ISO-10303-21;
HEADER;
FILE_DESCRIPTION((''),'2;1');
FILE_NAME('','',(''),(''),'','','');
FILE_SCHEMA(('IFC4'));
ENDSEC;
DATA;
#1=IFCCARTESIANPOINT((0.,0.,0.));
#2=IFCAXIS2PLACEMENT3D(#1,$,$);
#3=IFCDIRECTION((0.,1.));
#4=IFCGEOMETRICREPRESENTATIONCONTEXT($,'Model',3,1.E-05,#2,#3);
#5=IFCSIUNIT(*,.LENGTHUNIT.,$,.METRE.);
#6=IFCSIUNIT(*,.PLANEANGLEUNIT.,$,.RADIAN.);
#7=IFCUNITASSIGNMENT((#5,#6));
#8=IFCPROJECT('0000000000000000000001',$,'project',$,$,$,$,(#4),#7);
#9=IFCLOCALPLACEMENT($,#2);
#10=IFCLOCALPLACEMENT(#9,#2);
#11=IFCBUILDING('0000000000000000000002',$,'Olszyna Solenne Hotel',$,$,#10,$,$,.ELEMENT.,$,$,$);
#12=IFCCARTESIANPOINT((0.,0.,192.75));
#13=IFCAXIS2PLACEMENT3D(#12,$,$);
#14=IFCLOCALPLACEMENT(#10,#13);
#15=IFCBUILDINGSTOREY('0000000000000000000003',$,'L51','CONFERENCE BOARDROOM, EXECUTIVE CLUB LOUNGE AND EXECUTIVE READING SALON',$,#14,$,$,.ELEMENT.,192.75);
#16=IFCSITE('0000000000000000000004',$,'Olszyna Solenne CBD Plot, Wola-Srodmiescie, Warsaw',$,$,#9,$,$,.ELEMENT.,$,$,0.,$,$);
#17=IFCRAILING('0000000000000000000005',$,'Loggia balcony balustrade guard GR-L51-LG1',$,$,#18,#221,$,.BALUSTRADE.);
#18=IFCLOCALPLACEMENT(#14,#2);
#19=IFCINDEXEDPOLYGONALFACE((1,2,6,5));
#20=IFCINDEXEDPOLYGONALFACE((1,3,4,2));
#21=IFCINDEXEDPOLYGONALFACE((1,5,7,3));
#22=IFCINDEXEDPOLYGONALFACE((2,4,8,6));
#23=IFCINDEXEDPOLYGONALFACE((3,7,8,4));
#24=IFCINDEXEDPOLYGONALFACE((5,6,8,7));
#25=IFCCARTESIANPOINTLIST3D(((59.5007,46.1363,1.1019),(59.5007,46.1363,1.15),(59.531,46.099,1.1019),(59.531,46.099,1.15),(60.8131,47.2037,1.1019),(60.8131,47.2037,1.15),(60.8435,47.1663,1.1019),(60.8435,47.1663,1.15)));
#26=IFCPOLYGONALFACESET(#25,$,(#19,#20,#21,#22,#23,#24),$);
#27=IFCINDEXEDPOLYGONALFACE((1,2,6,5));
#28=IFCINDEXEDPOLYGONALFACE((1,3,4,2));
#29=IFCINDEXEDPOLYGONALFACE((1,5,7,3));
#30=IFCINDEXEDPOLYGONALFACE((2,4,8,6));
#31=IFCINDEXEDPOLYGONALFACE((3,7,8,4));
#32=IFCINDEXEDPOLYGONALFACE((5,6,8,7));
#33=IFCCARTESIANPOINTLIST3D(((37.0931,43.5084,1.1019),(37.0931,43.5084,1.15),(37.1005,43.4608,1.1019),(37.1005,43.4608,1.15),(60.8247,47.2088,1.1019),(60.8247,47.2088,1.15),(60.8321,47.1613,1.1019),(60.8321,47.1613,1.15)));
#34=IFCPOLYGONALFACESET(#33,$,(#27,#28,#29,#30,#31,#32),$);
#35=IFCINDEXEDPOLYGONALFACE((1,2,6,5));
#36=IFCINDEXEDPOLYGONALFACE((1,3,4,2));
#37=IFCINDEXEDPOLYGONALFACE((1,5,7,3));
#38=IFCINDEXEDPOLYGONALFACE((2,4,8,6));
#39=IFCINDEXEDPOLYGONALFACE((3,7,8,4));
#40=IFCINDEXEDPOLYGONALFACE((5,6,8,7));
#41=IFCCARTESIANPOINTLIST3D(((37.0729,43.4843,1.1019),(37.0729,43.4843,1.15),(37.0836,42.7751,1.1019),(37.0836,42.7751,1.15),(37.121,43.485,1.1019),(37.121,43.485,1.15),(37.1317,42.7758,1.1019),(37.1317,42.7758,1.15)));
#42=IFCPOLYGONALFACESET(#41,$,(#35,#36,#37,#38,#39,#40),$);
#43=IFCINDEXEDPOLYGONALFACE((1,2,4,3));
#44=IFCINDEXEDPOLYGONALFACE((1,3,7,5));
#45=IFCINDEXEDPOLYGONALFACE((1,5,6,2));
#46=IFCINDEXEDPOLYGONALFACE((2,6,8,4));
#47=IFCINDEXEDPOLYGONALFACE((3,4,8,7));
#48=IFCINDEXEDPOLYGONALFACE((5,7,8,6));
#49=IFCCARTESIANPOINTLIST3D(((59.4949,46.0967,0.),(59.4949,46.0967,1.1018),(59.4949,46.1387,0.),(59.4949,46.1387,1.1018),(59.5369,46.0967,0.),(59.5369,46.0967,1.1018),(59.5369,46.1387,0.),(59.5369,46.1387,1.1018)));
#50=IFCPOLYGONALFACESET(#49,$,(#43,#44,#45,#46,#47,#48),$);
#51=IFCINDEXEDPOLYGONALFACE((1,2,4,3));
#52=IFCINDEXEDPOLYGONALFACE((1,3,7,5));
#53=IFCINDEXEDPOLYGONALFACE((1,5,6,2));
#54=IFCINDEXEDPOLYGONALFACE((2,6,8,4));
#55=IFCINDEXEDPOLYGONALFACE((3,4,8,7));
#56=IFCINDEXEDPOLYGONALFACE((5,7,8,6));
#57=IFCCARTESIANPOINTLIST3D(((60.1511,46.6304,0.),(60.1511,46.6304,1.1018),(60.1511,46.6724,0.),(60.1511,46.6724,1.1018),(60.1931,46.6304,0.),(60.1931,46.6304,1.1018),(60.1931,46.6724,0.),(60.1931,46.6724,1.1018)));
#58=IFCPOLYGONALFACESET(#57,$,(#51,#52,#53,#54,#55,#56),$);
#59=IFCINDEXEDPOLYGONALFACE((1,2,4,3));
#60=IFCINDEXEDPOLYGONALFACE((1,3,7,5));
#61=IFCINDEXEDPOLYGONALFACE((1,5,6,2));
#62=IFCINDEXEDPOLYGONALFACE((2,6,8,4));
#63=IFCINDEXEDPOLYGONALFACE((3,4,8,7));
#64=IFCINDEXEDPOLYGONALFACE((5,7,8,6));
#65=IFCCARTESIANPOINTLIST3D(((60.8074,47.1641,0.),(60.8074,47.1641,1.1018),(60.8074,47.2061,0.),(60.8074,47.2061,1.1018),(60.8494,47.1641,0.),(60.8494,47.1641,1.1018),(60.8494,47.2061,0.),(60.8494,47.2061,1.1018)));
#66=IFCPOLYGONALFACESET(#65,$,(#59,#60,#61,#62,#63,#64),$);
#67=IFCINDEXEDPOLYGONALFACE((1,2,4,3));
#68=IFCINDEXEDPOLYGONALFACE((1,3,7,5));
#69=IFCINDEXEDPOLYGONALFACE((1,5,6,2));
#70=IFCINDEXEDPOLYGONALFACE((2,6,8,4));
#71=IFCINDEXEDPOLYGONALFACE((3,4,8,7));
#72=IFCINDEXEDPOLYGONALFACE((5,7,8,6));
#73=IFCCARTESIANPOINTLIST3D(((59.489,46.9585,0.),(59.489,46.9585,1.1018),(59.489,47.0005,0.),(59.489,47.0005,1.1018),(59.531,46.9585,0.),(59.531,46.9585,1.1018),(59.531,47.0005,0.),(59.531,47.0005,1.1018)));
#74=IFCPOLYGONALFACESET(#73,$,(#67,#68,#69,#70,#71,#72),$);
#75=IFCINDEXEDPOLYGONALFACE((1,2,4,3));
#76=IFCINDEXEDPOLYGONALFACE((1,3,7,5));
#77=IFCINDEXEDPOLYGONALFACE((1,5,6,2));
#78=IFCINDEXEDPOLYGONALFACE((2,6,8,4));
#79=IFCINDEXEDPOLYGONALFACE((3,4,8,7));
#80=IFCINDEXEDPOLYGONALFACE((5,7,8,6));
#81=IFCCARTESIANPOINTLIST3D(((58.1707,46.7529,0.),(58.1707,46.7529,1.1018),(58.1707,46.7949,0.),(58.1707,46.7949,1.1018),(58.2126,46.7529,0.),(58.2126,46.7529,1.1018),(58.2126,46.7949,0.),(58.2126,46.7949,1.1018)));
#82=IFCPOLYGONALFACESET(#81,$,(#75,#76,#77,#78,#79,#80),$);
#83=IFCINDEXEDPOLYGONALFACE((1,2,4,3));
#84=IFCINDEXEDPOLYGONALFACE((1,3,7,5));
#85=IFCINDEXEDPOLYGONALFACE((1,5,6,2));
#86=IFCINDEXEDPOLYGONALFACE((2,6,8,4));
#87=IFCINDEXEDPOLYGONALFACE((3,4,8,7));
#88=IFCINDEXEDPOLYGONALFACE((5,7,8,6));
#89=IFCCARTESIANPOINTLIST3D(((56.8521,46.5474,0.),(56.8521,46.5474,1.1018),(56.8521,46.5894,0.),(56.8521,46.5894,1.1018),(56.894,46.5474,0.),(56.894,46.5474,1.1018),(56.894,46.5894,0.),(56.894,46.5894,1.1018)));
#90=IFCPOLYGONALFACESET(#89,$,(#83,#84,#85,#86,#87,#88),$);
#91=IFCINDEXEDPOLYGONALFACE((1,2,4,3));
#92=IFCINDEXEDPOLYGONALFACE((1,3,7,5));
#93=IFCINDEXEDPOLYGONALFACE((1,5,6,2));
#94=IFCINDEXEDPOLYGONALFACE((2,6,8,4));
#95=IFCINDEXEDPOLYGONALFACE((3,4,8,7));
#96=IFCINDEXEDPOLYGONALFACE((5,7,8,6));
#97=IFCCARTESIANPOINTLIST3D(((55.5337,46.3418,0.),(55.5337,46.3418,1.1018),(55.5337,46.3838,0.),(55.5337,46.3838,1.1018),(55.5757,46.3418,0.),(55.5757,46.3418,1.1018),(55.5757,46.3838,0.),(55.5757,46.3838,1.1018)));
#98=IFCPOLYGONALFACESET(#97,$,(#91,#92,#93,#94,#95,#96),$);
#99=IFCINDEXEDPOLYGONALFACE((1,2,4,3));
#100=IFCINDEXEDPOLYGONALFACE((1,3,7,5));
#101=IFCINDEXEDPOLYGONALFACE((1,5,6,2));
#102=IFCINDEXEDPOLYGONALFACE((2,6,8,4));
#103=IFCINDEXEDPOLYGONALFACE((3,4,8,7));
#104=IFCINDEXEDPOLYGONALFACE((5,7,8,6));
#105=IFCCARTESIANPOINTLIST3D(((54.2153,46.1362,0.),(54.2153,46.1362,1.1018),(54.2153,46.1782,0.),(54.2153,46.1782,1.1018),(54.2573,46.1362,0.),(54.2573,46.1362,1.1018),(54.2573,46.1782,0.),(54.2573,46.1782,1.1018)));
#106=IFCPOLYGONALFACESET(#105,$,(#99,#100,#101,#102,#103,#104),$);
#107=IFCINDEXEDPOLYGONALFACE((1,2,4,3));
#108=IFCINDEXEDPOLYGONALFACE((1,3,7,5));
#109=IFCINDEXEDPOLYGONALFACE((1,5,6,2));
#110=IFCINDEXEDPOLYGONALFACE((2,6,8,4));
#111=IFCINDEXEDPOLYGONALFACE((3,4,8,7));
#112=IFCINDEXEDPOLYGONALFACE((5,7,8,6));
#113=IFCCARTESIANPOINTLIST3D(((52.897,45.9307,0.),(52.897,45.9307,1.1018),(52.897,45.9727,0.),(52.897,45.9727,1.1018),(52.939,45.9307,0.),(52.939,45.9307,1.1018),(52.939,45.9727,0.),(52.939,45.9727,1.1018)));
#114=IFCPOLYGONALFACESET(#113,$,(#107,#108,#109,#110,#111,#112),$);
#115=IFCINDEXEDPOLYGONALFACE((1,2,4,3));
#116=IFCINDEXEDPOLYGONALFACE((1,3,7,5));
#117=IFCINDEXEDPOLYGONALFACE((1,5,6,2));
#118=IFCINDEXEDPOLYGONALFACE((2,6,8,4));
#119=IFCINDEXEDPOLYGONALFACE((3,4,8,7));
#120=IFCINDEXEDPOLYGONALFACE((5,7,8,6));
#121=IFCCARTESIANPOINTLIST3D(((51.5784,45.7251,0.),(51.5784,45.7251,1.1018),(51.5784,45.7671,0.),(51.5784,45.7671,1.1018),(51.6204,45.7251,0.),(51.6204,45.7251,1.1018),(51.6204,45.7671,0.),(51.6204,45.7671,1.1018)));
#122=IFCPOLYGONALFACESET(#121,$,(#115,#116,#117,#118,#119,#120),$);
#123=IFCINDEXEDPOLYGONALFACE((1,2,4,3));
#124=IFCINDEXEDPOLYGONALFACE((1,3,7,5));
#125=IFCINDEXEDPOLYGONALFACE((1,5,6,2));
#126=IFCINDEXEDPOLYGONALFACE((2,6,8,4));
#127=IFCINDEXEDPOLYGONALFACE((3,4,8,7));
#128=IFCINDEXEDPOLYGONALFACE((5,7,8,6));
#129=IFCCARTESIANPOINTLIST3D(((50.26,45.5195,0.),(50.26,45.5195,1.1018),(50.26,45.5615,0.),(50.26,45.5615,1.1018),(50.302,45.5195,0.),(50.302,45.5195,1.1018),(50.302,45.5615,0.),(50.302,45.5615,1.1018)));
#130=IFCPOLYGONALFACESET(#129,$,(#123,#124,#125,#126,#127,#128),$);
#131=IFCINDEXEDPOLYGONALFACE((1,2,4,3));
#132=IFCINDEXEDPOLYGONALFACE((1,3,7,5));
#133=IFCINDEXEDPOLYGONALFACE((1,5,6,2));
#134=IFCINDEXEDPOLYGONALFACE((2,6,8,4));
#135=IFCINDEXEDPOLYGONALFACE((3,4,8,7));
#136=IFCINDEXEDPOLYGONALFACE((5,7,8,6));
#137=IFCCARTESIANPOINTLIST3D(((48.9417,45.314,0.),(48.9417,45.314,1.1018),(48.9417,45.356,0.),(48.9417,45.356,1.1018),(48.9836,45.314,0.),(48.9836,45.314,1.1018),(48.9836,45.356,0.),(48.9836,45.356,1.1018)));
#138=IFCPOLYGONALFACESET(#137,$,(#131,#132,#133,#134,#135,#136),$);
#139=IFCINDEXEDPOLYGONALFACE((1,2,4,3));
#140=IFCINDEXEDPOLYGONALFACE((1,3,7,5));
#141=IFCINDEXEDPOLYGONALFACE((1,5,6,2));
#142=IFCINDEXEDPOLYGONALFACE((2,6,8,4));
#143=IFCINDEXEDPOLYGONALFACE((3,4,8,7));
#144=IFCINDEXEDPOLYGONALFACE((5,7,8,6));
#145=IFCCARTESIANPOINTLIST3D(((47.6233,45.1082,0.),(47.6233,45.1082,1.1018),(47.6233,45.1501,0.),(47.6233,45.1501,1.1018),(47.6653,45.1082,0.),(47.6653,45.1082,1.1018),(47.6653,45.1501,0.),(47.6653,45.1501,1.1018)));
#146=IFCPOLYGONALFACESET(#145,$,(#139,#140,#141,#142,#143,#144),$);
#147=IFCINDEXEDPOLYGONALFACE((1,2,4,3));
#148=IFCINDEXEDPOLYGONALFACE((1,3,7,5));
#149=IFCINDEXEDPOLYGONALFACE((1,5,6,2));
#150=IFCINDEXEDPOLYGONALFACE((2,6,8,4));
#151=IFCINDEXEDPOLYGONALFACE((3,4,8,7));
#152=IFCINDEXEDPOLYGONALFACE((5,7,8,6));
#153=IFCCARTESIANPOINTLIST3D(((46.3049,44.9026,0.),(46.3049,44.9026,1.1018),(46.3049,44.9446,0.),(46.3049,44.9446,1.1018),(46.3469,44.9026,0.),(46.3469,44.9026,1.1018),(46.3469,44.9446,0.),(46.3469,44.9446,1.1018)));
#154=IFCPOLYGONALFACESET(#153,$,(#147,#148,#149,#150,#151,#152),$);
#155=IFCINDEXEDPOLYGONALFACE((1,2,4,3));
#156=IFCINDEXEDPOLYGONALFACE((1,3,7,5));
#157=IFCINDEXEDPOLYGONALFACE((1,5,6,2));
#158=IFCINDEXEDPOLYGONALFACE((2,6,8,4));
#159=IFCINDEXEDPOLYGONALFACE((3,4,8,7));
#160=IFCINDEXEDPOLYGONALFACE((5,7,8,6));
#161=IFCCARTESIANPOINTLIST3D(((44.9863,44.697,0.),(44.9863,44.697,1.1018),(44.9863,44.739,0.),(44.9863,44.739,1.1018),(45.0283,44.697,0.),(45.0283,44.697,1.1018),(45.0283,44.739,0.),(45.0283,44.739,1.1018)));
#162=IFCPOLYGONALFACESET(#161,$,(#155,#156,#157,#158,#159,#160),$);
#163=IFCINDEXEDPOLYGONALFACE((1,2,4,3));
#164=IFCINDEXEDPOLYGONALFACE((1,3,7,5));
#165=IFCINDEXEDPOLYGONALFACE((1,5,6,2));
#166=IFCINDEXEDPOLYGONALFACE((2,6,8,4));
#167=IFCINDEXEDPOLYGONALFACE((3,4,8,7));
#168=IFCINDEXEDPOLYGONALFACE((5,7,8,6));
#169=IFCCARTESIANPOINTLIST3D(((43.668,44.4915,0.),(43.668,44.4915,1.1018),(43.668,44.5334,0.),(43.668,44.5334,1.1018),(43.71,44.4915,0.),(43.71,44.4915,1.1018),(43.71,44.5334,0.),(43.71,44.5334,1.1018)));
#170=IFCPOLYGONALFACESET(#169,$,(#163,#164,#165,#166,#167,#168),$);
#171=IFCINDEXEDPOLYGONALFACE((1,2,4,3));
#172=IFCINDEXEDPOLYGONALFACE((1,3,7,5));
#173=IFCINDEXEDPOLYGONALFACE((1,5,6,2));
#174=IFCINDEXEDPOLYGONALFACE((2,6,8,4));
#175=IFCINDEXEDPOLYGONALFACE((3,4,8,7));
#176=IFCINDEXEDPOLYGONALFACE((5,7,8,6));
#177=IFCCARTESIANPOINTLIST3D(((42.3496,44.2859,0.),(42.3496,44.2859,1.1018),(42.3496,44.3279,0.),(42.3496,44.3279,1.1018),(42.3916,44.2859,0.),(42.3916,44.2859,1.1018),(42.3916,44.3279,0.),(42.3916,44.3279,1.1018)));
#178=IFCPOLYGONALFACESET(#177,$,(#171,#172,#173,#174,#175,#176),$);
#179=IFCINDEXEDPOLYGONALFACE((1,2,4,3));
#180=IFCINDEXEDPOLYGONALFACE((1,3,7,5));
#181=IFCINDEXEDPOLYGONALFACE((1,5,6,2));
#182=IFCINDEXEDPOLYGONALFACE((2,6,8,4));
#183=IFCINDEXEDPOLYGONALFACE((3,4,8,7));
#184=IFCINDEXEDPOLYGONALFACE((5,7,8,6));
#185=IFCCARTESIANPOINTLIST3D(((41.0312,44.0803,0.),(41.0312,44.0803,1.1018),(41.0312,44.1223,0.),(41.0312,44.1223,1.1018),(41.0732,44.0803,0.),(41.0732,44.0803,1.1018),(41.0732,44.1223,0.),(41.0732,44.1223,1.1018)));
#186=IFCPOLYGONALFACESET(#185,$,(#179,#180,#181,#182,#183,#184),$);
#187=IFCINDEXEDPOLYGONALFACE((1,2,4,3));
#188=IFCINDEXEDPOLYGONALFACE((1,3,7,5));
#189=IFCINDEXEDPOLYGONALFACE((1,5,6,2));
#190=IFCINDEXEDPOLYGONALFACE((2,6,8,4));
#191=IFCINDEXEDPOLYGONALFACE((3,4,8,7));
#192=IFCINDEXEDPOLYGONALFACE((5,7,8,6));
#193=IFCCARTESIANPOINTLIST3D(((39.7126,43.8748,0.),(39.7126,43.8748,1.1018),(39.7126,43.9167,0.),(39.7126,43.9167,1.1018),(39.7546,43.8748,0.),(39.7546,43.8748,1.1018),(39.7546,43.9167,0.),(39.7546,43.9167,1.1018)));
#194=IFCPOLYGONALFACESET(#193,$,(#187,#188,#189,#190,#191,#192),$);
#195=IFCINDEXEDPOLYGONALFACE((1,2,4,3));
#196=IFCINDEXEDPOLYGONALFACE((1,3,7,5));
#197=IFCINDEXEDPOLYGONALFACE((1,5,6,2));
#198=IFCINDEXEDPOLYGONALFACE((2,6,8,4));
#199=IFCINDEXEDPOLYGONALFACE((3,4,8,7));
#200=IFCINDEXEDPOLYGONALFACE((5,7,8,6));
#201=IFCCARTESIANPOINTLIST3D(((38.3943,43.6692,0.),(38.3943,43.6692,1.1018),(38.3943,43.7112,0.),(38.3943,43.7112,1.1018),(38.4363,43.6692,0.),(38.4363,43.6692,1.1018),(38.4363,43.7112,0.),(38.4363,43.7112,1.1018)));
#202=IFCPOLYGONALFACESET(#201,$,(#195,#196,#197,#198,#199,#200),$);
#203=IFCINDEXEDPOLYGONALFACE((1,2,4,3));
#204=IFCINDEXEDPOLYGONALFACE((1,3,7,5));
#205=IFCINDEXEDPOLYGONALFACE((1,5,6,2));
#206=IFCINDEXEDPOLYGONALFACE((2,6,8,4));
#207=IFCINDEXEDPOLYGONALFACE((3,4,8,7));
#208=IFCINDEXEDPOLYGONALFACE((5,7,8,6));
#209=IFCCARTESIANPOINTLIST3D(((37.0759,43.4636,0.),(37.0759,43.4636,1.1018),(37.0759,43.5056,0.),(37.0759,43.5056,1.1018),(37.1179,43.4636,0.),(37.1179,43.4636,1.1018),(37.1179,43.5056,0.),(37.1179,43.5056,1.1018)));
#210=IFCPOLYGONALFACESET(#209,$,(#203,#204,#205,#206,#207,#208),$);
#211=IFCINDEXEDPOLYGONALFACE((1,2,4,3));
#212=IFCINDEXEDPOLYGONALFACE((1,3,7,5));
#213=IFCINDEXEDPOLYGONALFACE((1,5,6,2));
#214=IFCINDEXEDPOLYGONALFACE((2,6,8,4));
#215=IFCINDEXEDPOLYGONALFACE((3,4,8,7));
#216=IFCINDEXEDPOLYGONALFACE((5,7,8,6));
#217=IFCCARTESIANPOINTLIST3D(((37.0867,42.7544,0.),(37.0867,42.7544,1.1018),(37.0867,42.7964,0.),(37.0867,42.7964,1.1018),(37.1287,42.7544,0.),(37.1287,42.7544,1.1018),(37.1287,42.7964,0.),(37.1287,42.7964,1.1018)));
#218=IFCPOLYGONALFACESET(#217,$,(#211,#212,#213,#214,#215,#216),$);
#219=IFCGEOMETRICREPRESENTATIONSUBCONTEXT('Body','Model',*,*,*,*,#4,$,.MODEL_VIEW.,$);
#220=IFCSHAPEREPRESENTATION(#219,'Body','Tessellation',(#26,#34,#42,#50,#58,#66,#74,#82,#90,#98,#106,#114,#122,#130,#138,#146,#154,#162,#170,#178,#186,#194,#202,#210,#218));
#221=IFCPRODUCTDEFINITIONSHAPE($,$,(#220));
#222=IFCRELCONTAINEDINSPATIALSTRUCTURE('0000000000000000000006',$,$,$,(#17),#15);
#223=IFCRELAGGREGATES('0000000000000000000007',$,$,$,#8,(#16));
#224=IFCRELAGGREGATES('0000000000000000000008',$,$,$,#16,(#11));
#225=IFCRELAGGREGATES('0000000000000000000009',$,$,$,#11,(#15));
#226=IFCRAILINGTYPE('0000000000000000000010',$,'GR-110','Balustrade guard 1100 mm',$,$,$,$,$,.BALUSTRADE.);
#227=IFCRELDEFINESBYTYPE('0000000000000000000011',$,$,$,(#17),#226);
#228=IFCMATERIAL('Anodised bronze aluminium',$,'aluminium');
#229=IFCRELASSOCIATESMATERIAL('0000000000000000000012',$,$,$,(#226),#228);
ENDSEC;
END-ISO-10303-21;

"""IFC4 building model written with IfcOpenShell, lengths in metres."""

from ifc_helpers import new_model, si_unit, direction, frame, origin, origin_2d, place, context, subcontext, project, spatial, rectangle, extrude, material, type_object, element, save


model = new_model("IFC4")

# Units and contexts
model_context = context("Model", 3, precision=1e-05, world=origin(), true_north=direction((0.0, 1.0)))
body_context = subcontext(model_context, "Body", "Model", "MODEL_VIEW")
ifc_project = project(units=[si_unit("LENGTHUNIT", "METRE"), si_unit("PLANEANGLEUNIT", "RADIAN")], contexts=[model_context])

# Site, building, storey
site_placement = place(None, origin())
site = spatial("IfcSite", under=ifc_project, at=site_placement, Name="Olszyna Solenne CBD Plot, Wola-Srodmiescie, Warsaw", CompositionType="ELEMENT", RefElevation=0.0)
building_placement = place(site_placement, origin())
building = spatial("IfcBuilding", under=site, at=building_placement, Name="Olszyna Solenne Hotel", CompositionType="ELEMENT")
storey_placement = place(building_placement, frame((0.0, 0.0, 192.75)))
storey = spatial("IfcBuildingStorey", under=building, at=storey_placement, Name="L51", Description="CONFERENCE BOARDROOM, EXECUTIVE CLUB LOUNGE AND EXECUTIVE READING SALON", CompositionType="ELEMENT", Elevation=192.75)

# Railing
ifc_material_1 = material(Name="Anodised bronze aluminium", Category="aluminium")
railing_type = type_object("IfcRailingType", Name="GR-110", Description="Balustrade guard 1100 mm", PredefinedType="BALUSTRADE", material=ifc_material_1)
railing_placement = place(storey_placement, frame((59.5159, 46.1177, 0.0)))
element("IfcRailing", 1, at=railing_placement, inside=storey, type_object=railing_type, Name="Loggia balcony balustrade guard GR-L51-LG1", PredefinedType="BALUSTRADE", context=body_context, shape_type="SweptSolid", body=[
    extrude(rectangle(XDim=0.0481, YDim=0.0481, at=origin_2d()), frame((0.0, 0.0, 1.126), z_axis=(0.775831, 0.63094, 0.0), x_axis=(-0.63094, 0.775831, 0.0)), (0.0, 0.0, 1.0), 1.6917),
    extrude(rectangle(XDim=0.0481, YDim=0.0481, at=origin_2d()), frame((1.3125, 1.0674, 1.126), z_axis=(-0.98806, -0.154068, 0.0), x_axis=(0.154068, -0.98806, 0.0)), (0.0, 0.0, 1.0), 24.0183),
    extrude(rectangle(XDim=0.0481, YDim=0.0481, at=origin_2d()), frame((-22.4189, -2.6331, 1.126), z_axis=(0.015145, -0.999885, 0.0), x_axis=(0.999885, 0.015145, 0.0)), (0.0, 0.0, 1.0), 0.7092),
    extrude(rectangle(XDim=0.042, YDim=0.042, at=origin_2d()), origin(), (0.0, 0.0, 1.0), 1.1018),
    extrude(rectangle(XDim=0.042, YDim=0.042, at=origin_2d()), frame((0.6562, 0.5337, 0.0)), (0.0, 0.0, 1.0), 1.1018),
    extrude(rectangle(XDim=0.042, YDim=0.042, at=origin_2d()), frame((1.3125, 1.0674, 0.0)), (0.0, 0.0, 1.0), 1.1018),
    extrude(rectangle(XDim=0.042, YDim=0.042, at=origin_2d()), frame((-0.0059, 0.8618, 0.0)), (0.0, 0.0, 1.0), 1.1018),
    extrude(rectangle(XDim=0.042, YDim=0.042, at=origin_2d()), frame((-1.3242, 0.6562, 0.0)), (0.0, 0.0, 1.0), 1.1018),
    extrude(rectangle(XDim=0.042, YDim=0.042, at=origin_2d()), frame((-2.6428, 0.4507, 0.0)), (0.0, 0.0, 1.0), 1.1018),
    extrude(rectangle(XDim=0.042, YDim=0.042, at=origin_2d()), frame((-3.9612, 0.2451, 0.0)), (0.0, 0.0, 1.0), 1.1018),
    extrude(rectangle(XDim=0.042, YDim=0.042, at=origin_2d()), frame((-5.2795, 0.0396, 0.0)), (0.0, 0.0, 1.0), 1.1018),
    extrude(rectangle(XDim=0.042, YDim=0.042, at=origin_2d()), frame((-6.5979, -0.166, 0.0)), (0.0, 0.0, 1.0), 1.1018),
    extrude(rectangle(XDim=0.042, YDim=0.042, at=origin_2d()), frame((-7.9165, -0.3716, 0.0)), (0.0, 0.0, 1.0), 1.1018),
    extrude(rectangle(XDim=0.042, YDim=0.042, at=origin_2d()), frame((-9.2349, -0.5771, 0.0)), (0.0, 0.0, 1.0), 1.1018),
    extrude(rectangle(XDim=0.042, YDim=0.042, at=origin_2d()), frame((-10.5532, -0.7827, 0.0)), (0.0, 0.0, 1.0), 1.1018),
    extrude(rectangle(XDim=0.042, YDim=0.042, at=origin_2d()), frame((-11.8716, -0.9885, 0.0)), (0.0, 0.0, 1.0), 1.1018),
    extrude(rectangle(XDim=0.042, YDim=0.042, at=origin_2d()), frame((-13.1899, -1.1941, 0.0)), (0.0, 0.0, 1.0), 1.1018),
    extrude(rectangle(XDim=0.042, YDim=0.042, at=origin_2d()), frame((-14.5085, -1.3997, 0.0)), (0.0, 0.0, 1.0), 1.1018),
    extrude(rectangle(XDim=0.042, YDim=0.042, at=origin_2d()), frame((-15.8269, -1.6052, 0.0)), (0.0, 0.0, 1.0), 1.1018),
    extrude(rectangle(XDim=0.042, YDim=0.042, at=origin_2d()), frame((-17.1453, -1.8108, 0.0)), (0.0, 0.0, 1.0), 1.1018),
    extrude(rectangle(XDim=0.042, YDim=0.042, at=origin_2d()), frame((-18.4636, -2.0164, 0.0)), (0.0, 0.0, 1.0), 1.1018),
    extrude(rectangle(XDim=0.042, YDim=0.042, at=origin_2d()), frame((-19.7822, -2.2219, 0.0)), (0.0, 0.0, 1.0), 1.1018),
    extrude(rectangle(XDim=0.042, YDim=0.042, at=origin_2d()), frame((-21.1006, -2.4275, 0.0)), (0.0, 0.0, 1.0), 1.1018),
    extrude(rectangle(XDim=0.042, YDim=0.042, at=origin_2d()), frame((-22.4189, -2.6331, 0.0)), (0.0, 0.0, 1.0), 1.1018),
    extrude(rectangle(XDim=0.042, YDim=0.042, at=origin_2d()), frame((-22.4082, -3.3423, 0.0)), (0.0, 0.0, 1.0), 1.1018),
])

save(model, "model.ifc")
